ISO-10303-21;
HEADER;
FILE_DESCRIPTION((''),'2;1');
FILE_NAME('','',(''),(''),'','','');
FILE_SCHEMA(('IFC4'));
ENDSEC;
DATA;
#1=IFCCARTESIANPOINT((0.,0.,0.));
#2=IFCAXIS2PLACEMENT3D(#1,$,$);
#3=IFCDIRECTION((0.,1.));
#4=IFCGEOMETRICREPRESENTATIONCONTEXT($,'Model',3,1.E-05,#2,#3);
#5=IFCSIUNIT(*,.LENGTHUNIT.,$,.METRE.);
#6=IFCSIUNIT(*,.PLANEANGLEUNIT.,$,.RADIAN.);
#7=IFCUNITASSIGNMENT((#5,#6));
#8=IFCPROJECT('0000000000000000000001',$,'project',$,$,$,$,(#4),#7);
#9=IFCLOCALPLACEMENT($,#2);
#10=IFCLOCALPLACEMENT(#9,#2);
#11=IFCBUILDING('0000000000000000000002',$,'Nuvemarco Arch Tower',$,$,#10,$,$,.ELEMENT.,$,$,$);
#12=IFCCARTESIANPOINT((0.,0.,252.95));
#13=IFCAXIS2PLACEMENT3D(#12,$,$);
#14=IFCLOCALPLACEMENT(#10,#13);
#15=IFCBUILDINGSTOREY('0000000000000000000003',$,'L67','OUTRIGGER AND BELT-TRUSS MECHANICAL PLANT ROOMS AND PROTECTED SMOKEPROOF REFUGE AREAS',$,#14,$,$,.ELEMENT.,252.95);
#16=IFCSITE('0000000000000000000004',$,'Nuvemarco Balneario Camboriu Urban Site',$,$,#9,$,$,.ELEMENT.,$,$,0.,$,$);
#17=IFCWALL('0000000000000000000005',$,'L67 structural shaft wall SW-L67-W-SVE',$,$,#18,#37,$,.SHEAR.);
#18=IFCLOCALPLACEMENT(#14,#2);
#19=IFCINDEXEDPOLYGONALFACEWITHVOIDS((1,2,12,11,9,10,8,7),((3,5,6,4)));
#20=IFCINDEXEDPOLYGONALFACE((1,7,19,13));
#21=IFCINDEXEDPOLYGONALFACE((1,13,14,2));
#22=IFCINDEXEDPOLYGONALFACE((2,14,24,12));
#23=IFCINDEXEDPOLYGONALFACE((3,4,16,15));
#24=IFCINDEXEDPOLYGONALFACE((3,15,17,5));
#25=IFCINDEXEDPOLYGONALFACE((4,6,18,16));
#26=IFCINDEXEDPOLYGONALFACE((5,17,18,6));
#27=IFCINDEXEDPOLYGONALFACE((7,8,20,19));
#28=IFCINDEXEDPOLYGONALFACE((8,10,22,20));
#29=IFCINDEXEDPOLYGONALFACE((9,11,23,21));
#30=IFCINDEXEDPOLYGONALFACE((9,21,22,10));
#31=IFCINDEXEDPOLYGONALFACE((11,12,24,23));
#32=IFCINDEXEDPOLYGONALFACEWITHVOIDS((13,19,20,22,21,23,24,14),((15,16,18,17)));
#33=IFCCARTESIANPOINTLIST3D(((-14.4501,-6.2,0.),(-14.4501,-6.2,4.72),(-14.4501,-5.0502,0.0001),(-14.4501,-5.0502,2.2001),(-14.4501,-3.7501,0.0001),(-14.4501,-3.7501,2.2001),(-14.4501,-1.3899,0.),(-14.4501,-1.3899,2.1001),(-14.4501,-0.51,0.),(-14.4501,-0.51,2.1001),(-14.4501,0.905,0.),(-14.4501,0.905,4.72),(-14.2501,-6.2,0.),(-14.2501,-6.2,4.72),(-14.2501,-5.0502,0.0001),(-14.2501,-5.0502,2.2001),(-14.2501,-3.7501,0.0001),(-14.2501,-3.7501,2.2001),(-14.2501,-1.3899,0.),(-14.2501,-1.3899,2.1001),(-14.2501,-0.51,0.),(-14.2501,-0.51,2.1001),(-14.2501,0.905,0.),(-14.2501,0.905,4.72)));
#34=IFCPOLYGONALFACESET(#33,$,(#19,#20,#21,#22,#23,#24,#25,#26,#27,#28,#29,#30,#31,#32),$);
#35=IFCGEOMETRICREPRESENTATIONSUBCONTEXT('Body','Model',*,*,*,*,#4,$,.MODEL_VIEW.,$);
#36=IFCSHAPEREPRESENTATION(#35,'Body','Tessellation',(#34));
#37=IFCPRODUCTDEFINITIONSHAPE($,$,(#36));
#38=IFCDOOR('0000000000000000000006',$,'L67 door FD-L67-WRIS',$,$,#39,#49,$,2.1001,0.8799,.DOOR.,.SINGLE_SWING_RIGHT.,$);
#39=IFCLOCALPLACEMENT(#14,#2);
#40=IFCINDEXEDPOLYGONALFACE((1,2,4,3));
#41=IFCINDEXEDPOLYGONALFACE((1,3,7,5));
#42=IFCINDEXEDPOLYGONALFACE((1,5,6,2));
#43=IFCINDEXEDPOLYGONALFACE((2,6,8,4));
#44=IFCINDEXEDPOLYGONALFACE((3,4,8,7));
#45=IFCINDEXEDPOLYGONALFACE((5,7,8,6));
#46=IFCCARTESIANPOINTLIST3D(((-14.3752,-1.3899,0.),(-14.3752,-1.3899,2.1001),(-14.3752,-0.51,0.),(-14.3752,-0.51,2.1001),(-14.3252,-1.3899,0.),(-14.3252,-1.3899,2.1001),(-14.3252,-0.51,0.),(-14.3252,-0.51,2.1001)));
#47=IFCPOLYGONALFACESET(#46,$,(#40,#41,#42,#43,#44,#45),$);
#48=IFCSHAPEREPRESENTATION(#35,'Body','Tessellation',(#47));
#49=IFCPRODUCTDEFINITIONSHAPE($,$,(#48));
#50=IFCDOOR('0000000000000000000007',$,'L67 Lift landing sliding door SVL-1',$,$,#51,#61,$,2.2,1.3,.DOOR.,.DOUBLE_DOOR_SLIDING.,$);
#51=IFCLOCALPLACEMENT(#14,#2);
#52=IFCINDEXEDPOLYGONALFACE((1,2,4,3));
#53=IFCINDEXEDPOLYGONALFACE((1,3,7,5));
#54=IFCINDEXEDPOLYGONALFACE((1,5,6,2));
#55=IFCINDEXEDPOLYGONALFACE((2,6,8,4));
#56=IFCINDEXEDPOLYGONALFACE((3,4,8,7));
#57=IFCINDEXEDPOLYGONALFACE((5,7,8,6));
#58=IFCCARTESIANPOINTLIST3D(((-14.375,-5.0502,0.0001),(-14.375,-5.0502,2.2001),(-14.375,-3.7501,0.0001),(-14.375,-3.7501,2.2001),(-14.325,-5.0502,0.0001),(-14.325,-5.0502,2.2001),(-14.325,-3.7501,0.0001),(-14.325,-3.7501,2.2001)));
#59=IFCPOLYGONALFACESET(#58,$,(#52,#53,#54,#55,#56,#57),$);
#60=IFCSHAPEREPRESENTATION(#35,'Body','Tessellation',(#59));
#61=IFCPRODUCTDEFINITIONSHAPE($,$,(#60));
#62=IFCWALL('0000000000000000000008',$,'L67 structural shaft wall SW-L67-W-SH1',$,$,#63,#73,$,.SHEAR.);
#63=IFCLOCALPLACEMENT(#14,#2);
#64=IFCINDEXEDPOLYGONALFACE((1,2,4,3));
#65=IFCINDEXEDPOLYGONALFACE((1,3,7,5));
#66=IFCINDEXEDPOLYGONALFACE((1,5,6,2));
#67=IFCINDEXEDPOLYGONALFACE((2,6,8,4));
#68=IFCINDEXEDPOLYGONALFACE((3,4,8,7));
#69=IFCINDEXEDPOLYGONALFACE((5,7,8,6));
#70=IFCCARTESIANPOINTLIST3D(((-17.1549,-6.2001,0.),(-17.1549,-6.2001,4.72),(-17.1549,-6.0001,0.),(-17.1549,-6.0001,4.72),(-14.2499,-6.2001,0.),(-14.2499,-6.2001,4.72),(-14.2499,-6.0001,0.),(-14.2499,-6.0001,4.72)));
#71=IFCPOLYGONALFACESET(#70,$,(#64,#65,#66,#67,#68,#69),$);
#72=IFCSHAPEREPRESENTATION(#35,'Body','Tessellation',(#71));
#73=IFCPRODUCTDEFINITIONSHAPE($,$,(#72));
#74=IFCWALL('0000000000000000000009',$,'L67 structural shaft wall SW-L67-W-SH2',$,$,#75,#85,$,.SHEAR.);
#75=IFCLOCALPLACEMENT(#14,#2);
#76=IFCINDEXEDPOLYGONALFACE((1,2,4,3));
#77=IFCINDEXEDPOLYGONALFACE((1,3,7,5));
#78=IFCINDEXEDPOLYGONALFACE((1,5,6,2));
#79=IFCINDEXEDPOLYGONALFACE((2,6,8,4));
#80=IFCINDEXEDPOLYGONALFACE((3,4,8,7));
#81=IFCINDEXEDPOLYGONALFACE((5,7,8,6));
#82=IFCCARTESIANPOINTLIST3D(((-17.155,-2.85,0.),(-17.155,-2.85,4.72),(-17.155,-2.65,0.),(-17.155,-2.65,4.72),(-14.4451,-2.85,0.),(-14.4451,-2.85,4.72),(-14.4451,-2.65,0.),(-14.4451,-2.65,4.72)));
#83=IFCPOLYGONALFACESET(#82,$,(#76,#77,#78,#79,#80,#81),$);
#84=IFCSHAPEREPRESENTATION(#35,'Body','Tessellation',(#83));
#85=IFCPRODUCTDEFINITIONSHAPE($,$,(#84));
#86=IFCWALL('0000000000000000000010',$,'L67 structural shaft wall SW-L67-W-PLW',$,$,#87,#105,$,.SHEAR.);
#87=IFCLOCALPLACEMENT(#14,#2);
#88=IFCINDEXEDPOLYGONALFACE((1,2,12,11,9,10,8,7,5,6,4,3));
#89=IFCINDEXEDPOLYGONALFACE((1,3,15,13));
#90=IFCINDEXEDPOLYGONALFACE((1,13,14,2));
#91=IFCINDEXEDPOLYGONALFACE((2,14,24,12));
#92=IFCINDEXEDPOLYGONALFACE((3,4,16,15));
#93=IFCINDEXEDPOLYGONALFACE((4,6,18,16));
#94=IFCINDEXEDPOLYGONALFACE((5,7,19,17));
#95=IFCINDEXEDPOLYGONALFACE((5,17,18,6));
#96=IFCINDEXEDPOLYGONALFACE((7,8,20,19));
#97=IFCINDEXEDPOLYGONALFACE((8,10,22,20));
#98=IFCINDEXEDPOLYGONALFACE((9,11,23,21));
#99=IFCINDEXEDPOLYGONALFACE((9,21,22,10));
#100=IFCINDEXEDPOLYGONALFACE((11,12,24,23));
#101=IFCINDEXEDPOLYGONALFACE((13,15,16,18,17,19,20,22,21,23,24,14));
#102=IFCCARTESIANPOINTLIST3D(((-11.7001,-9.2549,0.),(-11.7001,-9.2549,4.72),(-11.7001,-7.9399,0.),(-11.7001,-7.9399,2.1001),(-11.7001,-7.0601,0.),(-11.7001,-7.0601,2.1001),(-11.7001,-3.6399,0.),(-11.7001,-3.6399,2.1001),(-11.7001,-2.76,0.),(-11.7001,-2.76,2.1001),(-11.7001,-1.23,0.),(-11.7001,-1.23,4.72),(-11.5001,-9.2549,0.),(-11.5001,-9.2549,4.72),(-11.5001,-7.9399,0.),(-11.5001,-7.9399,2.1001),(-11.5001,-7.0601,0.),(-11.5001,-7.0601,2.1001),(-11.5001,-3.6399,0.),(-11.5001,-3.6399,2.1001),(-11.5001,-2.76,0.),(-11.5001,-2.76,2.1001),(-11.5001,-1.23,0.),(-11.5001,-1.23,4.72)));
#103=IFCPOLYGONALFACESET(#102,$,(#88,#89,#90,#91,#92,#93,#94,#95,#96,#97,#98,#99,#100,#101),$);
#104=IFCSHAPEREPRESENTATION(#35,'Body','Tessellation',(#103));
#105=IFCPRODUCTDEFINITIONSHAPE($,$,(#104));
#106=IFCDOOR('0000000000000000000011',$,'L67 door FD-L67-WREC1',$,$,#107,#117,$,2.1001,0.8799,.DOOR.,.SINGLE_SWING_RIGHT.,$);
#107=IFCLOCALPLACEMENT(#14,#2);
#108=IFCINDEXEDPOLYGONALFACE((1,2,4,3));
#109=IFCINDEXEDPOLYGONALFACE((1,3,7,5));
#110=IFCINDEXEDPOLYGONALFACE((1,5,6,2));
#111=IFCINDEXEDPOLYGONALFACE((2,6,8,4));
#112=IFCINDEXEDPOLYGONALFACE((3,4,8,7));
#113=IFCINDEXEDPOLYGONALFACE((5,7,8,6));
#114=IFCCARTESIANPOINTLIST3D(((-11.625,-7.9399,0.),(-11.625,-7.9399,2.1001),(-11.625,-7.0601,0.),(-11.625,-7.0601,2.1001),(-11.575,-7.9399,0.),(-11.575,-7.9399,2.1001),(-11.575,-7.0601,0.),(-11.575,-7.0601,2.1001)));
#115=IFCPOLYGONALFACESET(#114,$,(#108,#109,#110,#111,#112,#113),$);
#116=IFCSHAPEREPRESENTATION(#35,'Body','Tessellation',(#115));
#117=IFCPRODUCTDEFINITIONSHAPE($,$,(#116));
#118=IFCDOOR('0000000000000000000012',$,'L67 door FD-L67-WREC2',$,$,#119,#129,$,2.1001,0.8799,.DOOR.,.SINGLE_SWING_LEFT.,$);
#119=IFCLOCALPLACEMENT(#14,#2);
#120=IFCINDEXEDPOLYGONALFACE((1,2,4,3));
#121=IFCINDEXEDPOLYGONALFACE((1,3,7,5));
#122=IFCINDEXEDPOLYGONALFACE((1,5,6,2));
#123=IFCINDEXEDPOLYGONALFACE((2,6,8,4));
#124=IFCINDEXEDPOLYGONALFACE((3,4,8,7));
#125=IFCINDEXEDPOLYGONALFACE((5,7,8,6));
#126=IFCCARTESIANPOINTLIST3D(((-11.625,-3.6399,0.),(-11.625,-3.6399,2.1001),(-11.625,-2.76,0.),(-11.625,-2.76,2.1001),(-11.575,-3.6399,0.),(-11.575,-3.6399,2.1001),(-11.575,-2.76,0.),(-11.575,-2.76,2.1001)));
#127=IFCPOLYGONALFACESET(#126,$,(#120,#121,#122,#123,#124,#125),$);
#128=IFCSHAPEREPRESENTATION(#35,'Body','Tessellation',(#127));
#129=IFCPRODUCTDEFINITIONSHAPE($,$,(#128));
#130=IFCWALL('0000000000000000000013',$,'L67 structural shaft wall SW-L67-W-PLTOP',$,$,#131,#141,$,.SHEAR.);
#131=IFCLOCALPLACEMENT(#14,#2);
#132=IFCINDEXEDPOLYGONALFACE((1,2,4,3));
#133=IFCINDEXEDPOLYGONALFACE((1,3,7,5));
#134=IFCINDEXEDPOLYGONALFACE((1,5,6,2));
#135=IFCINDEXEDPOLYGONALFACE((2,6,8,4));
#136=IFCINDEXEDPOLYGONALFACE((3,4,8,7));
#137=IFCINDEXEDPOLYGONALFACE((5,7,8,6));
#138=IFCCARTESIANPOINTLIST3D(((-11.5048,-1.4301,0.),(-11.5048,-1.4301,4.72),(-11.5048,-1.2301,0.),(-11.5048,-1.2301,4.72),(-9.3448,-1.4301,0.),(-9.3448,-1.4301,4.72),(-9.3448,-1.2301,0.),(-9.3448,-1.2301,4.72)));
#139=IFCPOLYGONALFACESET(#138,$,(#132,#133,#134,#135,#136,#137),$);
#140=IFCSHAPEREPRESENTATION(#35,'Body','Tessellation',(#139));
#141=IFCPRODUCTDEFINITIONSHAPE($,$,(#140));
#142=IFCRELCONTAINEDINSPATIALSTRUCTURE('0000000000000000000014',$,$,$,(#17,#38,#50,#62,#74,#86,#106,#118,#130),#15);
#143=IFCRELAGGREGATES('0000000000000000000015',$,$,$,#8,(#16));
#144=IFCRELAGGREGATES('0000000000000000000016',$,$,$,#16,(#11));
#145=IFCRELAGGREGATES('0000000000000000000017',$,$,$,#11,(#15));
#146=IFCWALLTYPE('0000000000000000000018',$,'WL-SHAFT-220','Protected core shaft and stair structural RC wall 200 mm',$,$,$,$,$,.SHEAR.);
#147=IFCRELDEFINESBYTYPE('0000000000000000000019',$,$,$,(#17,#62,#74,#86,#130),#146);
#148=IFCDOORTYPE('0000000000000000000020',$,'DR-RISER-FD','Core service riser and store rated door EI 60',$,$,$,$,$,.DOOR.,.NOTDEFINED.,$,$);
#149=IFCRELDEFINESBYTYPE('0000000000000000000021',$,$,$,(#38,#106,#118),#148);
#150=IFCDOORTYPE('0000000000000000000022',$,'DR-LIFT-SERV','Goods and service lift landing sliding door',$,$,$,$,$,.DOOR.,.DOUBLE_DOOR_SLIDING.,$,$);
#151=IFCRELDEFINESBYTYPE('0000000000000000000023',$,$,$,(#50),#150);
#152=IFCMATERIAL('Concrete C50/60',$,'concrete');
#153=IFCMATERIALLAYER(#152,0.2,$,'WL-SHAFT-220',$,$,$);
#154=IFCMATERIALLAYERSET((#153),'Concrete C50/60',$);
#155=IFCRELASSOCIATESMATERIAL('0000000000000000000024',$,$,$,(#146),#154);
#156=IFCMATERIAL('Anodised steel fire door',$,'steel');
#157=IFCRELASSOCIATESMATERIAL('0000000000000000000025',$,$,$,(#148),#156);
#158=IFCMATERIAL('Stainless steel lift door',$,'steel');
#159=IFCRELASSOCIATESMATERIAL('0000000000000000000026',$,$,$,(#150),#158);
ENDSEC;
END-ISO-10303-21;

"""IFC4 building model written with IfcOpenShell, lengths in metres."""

from ifc_helpers import new_model, si_unit, direction, frame, frame_2d, origin, place, context, subcontext, project, spatial, rectangle, extrude, source, transform, mapped, material, layer, layer_set, type_object, type_shapes, element, fill, save


model = new_model("IFC4")

# Units and contexts
model_context = context("Model", 3, precision=1e-05, world=origin(), true_north=direction((0.0, 1.0)))
body_context = subcontext(model_context, "Body", "Model", "MODEL_VIEW")
ifc_project = project(units=[si_unit("LENGTHUNIT", "METRE"), si_unit("PLANEANGLEUNIT", "RADIAN")], contexts=[model_context])

# Site, building, storey
site_placement = place(None, origin())
site = spatial("IfcSite", under=ifc_project, at=site_placement, Name="Nuvemarco Balneario Camboriu Urban Site", CompositionType="ELEMENT", RefElevation=0.0)
building_placement = place(site_placement, origin())
building = spatial("IfcBuilding", under=site, at=building_placement, Name="Nuvemarco Arch Tower", CompositionType="ELEMENT")
storey_placement = place(building_placement, frame((0.0, 0.0, 252.95)))
storey = spatial("IfcBuildingStorey", under=building, at=storey_placement, Name="L67", Description="OUTRIGGER AND BELT-TRUSS MECHANICAL PLANT ROOMS AND PROTECTED SMOKEPROOF REFUGE AREAS", CompositionType="ELEMENT", Elevation=252.95)

# Shared definitions
ifc_material_1 = material(Name="Concrete C50/60", Category="concrete")

# Shared definitions
ifc_material_2 = material(Name="Anodised steel fire door", Category="steel")

# Shared definitions
ifc_layer_1 = layer(ifc_material_1, 0.2, Name="WL-SHAFT-220")
ifc_layer_set_1 = layer_set([ifc_layer_1], Name="Concrete C50/60")
wall_type_1 = type_object("IfcWallType", Name="WL-SHAFT-220", Description="Protected core shaft and stair structural RC wall 200 mm", PredefinedType="SHEAR", material=ifc_layer_set_1)
ifc_material_3 = material(Name="Stainless steel lift door", Category="steel")

# Wall, openings, doors
wall_1_placement = place(storey_placement, frame((-14.3501, -6.2, 0.0), z_axis=(0.0, 0.0, 1.0), x_axis=(0.0, 1.0, 0.0)))
wall_1 = element("IfcWall", 1, at=wall_1_placement, inside=storey, type_object=wall_type_1, Name="L67 structural shaft wall SW-L67-W-SVE", PredefinedType="SHEAR", context=body_context, shape_type="SweptSolid", body=[
    extrude(rectangle(XDim=7.105, YDim=0.2, at=frame_2d((3.5525, 0.0))), origin(), (0.0, 0.0, 1.0), 4.72),
])
opening_1_placement = place(wall_1_placement, frame((5.6899, 0.0, 0.0), z_axis=(0.0, 0.0, 1.0), x_axis=(-1.0, 0.0, 0.0)))
opening_1 = element("IfcOpeningElement", 2, at=opening_1_placement, cuts=wall_1, PredefinedType="OPENING", context=body_context, shape_type="SweptSolid", body=[
    extrude(rectangle(XDim=0.8799, YDim=2.1001, at=frame_2d((0.4399, 1.05))), frame((0.0, 0.1099, 0.0), z_axis=(0.0, -1.0, 0.0), x_axis=(1.0, 0.0, 0.0)), (0.0, 0.0, 1.0), 0.22),
])
opening_2_placement = place(wall_1_placement, frame((1.1499, 0.0, 0.0)))
opening_2 = element("IfcOpeningElement", 3, at=opening_2_placement, cuts=wall_1, PredefinedType="OPENING", context=body_context, shape_type="SweptSolid", body=[
    extrude(rectangle(XDim=1.3, YDim=2.2, at=frame_2d((0.6499, 1.1001))), frame((0.0, 0.1099, 0.0), z_axis=(0.0, -1.0, 0.0), x_axis=(1.0, 0.0, 0.0)), (0.0, 0.0, 1.0), 0.22),
])
door_type_1 = type_object("IfcDoorType", Name="DR-RISER-FD", Description="Core service riser and store rated door EI 60", OperationType="NOTDEFINED", PredefinedType="DOOR", material=ifc_material_2)
shared_shape_1 = source(origin(), body_context, "Body", "SweptSolid", [
    extrude(rectangle(XDim=0.8799, YDim=2.1001, at=frame_2d((0.4399, 1.05))), frame((0.0, 0.0249, 0.0), z_axis=(0.0, -1.0, 0.0), x_axis=(1.0, 0.0, 0.0)), (0.0, 0.0, 1.0), 0.05),
])
type_shapes(door_type_1, [shared_shape_1])
door_1_placement = place(opening_1_placement, origin())
door_1 = element("IfcDoor", 4, at=door_1_placement, inside=storey, type_object=door_type_1, Name="L67 door FD-L67-WRIS", OperationType="SINGLE_SWING_RIGHT", OverallHeight=2.1001, OverallWidth=0.8799, PredefinedType="DOOR", context=body_context, shape_type="MappedRepresentation", body=[
    mapped(shared_shape_1, transform((0.0, 0.0, 0.0), scale=1.0)),
])
fill(opening_1, door_1)
door_type_2 = type_object("IfcDoorType", Name="DR-LIFT-SERV", Description="Goods and service lift landing sliding door", OperationType="DOUBLE_DOOR_SLIDING", PredefinedType="DOOR", material=ifc_material_3)
shared_shape_2 = source(origin(), body_context, "Body", "SweptSolid", [
    extrude(rectangle(XDim=1.3, YDim=2.2, at=frame_2d((0.6499, 1.1001))), frame((0.0, 0.0249, 0.0), z_axis=(0.0, -1.0, 0.0), x_axis=(1.0, 0.0, 0.0)), (0.0, 0.0, 1.0), 0.05),
])
type_shapes(door_type_2, [shared_shape_2])
door_2_placement = place(opening_2_placement, origin())
door_2 = element("IfcDoor", 5, at=door_2_placement, inside=storey, type_object=door_type_2, Name="L67 Lift landing sliding door SVL-1", OperationType="DOUBLE_DOOR_SLIDING", OverallHeight=2.2, OverallWidth=1.3, PredefinedType="DOOR", context=body_context, shape_type="MappedRepresentation", body=[
    mapped(shared_shape_2, transform((0.0, 0.0, 0.0), scale=1.0)),
])
fill(opening_2, door_2)

# Walls
wall_2_placement = place(storey_placement, frame((-17.155, -6.1001, 0.0), z_axis=(0.0, 0.0, 1.0), x_axis=(1.0, 0.0, 0.0)))
element("IfcWall", 6, at=wall_2_placement, inside=storey, type_object=wall_type_1, Name="L67 structural shaft wall SW-L67-W-SH1", PredefinedType="SHEAR", context=body_context, shape_type="SweptSolid", body=[
    extrude(rectangle(XDim=2.905, YDim=0.2, at=frame_2d((1.4526, 0.0))), origin(), (0.0, 0.0, 1.0), 4.72),
])
wall_3_placement = place(storey_placement, frame((-17.155, -2.75, 0.0), z_axis=(0.0, 0.0, 1.0), x_axis=(1.0, 0.0, 0.0)))
element("IfcWall", 7, at=wall_3_placement, inside=storey, type_object=wall_type_1, Name="L67 structural shaft wall SW-L67-W-SH2", PredefinedType="SHEAR", context=body_context, shape_type="SweptSolid", body=[
    extrude(rectangle(XDim=2.71, YDim=0.2, at=frame_2d((1.355, 0.0))), origin(), (0.0, 0.0, 1.0), 4.72),
])

# Wall, openings, doors
wall_4_placement = place(storey_placement, frame((-11.6001, -9.2549, 0.0), z_axis=(0.0, 0.0, 1.0), x_axis=(0.0, 1.0, 0.0)))
wall_4 = element("IfcWall", 8, at=wall_4_placement, inside=storey, type_object=wall_type_1, Name="L67 structural shaft wall SW-L67-W-PLW", PredefinedType="SHEAR", context=body_context, shape_type="SweptSolid", body=[
    extrude(rectangle(XDim=8.0249, YDim=0.2, at=frame_2d((4.0125, 0.0))), origin(), (0.0, 0.0, 1.0), 4.72),
])
opening_3_placement = place(wall_4_placement, frame((1.3149, 0.0, 0.0)))
opening_3 = element("IfcOpeningElement", 9, at=opening_3_placement, cuts=wall_4, PredefinedType="OPENING", context=body_context, shape_type="SweptSolid", body=[
    extrude(rectangle(XDim=0.8799, YDim=2.1001, at=frame_2d((0.4399, 1.05))), frame((0.0, 0.1099, 0.0), z_axis=(0.0, -1.0, 0.0), x_axis=(1.0, 0.0, 0.0)), (0.0, 0.0, 1.0), 0.22),
])
opening_4_placement = place(wall_4_placement, frame((5.615, 0.0, 0.0)))
opening_4 = element("IfcOpeningElement", 10, at=opening_4_placement, cuts=wall_4, PredefinedType="OPENING", context=body_context, shape_type="SweptSolid", body=[
    extrude(rectangle(XDim=0.8799, YDim=2.1001, at=frame_2d((0.4399, 1.05))), frame((0.0, 0.1099, 0.0), z_axis=(0.0, -1.0, 0.0), x_axis=(1.0, 0.0, 0.0)), (0.0, 0.0, 1.0), 0.22),
])
door_3_placement = place(opening_3_placement, origin())
door_3 = element("IfcDoor", 11, at=door_3_placement, inside=storey, type_object=door_type_1, Name="L67 door FD-L67-WREC1", OperationType="SINGLE_SWING_RIGHT", OverallHeight=2.1001, OverallWidth=0.8799, PredefinedType="DOOR", context=body_context, shape_type="MappedRepresentation", body=[
    mapped(shared_shape_1, transform((0.0, 0.0, 0.0), scale=1.0)),
])
fill(opening_3, door_3)
door_4_placement = place(opening_4_placement, origin())
door_4 = element("IfcDoor", 12, at=door_4_placement, inside=storey, type_object=door_type_1, Name="L67 door FD-L67-WREC2", OperationType="SINGLE_SWING_LEFT", OverallHeight=2.1001, OverallWidth=0.8799, PredefinedType="DOOR", context=body_context, shape_type="MappedRepresentation", body=[
    mapped(shared_shape_1, transform((0.0, 0.0, 0.0), scale=1.0)),
])
fill(opening_4, door_4)

# Wall
wall_5_placement = place(storey_placement, frame((-11.5049, -1.3301, 0.0), z_axis=(0.0, 0.0, 1.0), x_axis=(1.0, 0.0, 0.0)))
element("IfcWall", 13, at=wall_5_placement, inside=storey, type_object=wall_type_1, Name="L67 structural shaft wall SW-L67-W-PLTOP", PredefinedType="SHEAR", context=body_context, shape_type="SweptSolid", body=[
    extrude(rectangle(XDim=2.1599, YDim=0.2, at=frame_2d((1.0801, 0.0))), origin(), (0.0, 0.0, 1.0), 4.72),
])

save(model, "model.ifc")
